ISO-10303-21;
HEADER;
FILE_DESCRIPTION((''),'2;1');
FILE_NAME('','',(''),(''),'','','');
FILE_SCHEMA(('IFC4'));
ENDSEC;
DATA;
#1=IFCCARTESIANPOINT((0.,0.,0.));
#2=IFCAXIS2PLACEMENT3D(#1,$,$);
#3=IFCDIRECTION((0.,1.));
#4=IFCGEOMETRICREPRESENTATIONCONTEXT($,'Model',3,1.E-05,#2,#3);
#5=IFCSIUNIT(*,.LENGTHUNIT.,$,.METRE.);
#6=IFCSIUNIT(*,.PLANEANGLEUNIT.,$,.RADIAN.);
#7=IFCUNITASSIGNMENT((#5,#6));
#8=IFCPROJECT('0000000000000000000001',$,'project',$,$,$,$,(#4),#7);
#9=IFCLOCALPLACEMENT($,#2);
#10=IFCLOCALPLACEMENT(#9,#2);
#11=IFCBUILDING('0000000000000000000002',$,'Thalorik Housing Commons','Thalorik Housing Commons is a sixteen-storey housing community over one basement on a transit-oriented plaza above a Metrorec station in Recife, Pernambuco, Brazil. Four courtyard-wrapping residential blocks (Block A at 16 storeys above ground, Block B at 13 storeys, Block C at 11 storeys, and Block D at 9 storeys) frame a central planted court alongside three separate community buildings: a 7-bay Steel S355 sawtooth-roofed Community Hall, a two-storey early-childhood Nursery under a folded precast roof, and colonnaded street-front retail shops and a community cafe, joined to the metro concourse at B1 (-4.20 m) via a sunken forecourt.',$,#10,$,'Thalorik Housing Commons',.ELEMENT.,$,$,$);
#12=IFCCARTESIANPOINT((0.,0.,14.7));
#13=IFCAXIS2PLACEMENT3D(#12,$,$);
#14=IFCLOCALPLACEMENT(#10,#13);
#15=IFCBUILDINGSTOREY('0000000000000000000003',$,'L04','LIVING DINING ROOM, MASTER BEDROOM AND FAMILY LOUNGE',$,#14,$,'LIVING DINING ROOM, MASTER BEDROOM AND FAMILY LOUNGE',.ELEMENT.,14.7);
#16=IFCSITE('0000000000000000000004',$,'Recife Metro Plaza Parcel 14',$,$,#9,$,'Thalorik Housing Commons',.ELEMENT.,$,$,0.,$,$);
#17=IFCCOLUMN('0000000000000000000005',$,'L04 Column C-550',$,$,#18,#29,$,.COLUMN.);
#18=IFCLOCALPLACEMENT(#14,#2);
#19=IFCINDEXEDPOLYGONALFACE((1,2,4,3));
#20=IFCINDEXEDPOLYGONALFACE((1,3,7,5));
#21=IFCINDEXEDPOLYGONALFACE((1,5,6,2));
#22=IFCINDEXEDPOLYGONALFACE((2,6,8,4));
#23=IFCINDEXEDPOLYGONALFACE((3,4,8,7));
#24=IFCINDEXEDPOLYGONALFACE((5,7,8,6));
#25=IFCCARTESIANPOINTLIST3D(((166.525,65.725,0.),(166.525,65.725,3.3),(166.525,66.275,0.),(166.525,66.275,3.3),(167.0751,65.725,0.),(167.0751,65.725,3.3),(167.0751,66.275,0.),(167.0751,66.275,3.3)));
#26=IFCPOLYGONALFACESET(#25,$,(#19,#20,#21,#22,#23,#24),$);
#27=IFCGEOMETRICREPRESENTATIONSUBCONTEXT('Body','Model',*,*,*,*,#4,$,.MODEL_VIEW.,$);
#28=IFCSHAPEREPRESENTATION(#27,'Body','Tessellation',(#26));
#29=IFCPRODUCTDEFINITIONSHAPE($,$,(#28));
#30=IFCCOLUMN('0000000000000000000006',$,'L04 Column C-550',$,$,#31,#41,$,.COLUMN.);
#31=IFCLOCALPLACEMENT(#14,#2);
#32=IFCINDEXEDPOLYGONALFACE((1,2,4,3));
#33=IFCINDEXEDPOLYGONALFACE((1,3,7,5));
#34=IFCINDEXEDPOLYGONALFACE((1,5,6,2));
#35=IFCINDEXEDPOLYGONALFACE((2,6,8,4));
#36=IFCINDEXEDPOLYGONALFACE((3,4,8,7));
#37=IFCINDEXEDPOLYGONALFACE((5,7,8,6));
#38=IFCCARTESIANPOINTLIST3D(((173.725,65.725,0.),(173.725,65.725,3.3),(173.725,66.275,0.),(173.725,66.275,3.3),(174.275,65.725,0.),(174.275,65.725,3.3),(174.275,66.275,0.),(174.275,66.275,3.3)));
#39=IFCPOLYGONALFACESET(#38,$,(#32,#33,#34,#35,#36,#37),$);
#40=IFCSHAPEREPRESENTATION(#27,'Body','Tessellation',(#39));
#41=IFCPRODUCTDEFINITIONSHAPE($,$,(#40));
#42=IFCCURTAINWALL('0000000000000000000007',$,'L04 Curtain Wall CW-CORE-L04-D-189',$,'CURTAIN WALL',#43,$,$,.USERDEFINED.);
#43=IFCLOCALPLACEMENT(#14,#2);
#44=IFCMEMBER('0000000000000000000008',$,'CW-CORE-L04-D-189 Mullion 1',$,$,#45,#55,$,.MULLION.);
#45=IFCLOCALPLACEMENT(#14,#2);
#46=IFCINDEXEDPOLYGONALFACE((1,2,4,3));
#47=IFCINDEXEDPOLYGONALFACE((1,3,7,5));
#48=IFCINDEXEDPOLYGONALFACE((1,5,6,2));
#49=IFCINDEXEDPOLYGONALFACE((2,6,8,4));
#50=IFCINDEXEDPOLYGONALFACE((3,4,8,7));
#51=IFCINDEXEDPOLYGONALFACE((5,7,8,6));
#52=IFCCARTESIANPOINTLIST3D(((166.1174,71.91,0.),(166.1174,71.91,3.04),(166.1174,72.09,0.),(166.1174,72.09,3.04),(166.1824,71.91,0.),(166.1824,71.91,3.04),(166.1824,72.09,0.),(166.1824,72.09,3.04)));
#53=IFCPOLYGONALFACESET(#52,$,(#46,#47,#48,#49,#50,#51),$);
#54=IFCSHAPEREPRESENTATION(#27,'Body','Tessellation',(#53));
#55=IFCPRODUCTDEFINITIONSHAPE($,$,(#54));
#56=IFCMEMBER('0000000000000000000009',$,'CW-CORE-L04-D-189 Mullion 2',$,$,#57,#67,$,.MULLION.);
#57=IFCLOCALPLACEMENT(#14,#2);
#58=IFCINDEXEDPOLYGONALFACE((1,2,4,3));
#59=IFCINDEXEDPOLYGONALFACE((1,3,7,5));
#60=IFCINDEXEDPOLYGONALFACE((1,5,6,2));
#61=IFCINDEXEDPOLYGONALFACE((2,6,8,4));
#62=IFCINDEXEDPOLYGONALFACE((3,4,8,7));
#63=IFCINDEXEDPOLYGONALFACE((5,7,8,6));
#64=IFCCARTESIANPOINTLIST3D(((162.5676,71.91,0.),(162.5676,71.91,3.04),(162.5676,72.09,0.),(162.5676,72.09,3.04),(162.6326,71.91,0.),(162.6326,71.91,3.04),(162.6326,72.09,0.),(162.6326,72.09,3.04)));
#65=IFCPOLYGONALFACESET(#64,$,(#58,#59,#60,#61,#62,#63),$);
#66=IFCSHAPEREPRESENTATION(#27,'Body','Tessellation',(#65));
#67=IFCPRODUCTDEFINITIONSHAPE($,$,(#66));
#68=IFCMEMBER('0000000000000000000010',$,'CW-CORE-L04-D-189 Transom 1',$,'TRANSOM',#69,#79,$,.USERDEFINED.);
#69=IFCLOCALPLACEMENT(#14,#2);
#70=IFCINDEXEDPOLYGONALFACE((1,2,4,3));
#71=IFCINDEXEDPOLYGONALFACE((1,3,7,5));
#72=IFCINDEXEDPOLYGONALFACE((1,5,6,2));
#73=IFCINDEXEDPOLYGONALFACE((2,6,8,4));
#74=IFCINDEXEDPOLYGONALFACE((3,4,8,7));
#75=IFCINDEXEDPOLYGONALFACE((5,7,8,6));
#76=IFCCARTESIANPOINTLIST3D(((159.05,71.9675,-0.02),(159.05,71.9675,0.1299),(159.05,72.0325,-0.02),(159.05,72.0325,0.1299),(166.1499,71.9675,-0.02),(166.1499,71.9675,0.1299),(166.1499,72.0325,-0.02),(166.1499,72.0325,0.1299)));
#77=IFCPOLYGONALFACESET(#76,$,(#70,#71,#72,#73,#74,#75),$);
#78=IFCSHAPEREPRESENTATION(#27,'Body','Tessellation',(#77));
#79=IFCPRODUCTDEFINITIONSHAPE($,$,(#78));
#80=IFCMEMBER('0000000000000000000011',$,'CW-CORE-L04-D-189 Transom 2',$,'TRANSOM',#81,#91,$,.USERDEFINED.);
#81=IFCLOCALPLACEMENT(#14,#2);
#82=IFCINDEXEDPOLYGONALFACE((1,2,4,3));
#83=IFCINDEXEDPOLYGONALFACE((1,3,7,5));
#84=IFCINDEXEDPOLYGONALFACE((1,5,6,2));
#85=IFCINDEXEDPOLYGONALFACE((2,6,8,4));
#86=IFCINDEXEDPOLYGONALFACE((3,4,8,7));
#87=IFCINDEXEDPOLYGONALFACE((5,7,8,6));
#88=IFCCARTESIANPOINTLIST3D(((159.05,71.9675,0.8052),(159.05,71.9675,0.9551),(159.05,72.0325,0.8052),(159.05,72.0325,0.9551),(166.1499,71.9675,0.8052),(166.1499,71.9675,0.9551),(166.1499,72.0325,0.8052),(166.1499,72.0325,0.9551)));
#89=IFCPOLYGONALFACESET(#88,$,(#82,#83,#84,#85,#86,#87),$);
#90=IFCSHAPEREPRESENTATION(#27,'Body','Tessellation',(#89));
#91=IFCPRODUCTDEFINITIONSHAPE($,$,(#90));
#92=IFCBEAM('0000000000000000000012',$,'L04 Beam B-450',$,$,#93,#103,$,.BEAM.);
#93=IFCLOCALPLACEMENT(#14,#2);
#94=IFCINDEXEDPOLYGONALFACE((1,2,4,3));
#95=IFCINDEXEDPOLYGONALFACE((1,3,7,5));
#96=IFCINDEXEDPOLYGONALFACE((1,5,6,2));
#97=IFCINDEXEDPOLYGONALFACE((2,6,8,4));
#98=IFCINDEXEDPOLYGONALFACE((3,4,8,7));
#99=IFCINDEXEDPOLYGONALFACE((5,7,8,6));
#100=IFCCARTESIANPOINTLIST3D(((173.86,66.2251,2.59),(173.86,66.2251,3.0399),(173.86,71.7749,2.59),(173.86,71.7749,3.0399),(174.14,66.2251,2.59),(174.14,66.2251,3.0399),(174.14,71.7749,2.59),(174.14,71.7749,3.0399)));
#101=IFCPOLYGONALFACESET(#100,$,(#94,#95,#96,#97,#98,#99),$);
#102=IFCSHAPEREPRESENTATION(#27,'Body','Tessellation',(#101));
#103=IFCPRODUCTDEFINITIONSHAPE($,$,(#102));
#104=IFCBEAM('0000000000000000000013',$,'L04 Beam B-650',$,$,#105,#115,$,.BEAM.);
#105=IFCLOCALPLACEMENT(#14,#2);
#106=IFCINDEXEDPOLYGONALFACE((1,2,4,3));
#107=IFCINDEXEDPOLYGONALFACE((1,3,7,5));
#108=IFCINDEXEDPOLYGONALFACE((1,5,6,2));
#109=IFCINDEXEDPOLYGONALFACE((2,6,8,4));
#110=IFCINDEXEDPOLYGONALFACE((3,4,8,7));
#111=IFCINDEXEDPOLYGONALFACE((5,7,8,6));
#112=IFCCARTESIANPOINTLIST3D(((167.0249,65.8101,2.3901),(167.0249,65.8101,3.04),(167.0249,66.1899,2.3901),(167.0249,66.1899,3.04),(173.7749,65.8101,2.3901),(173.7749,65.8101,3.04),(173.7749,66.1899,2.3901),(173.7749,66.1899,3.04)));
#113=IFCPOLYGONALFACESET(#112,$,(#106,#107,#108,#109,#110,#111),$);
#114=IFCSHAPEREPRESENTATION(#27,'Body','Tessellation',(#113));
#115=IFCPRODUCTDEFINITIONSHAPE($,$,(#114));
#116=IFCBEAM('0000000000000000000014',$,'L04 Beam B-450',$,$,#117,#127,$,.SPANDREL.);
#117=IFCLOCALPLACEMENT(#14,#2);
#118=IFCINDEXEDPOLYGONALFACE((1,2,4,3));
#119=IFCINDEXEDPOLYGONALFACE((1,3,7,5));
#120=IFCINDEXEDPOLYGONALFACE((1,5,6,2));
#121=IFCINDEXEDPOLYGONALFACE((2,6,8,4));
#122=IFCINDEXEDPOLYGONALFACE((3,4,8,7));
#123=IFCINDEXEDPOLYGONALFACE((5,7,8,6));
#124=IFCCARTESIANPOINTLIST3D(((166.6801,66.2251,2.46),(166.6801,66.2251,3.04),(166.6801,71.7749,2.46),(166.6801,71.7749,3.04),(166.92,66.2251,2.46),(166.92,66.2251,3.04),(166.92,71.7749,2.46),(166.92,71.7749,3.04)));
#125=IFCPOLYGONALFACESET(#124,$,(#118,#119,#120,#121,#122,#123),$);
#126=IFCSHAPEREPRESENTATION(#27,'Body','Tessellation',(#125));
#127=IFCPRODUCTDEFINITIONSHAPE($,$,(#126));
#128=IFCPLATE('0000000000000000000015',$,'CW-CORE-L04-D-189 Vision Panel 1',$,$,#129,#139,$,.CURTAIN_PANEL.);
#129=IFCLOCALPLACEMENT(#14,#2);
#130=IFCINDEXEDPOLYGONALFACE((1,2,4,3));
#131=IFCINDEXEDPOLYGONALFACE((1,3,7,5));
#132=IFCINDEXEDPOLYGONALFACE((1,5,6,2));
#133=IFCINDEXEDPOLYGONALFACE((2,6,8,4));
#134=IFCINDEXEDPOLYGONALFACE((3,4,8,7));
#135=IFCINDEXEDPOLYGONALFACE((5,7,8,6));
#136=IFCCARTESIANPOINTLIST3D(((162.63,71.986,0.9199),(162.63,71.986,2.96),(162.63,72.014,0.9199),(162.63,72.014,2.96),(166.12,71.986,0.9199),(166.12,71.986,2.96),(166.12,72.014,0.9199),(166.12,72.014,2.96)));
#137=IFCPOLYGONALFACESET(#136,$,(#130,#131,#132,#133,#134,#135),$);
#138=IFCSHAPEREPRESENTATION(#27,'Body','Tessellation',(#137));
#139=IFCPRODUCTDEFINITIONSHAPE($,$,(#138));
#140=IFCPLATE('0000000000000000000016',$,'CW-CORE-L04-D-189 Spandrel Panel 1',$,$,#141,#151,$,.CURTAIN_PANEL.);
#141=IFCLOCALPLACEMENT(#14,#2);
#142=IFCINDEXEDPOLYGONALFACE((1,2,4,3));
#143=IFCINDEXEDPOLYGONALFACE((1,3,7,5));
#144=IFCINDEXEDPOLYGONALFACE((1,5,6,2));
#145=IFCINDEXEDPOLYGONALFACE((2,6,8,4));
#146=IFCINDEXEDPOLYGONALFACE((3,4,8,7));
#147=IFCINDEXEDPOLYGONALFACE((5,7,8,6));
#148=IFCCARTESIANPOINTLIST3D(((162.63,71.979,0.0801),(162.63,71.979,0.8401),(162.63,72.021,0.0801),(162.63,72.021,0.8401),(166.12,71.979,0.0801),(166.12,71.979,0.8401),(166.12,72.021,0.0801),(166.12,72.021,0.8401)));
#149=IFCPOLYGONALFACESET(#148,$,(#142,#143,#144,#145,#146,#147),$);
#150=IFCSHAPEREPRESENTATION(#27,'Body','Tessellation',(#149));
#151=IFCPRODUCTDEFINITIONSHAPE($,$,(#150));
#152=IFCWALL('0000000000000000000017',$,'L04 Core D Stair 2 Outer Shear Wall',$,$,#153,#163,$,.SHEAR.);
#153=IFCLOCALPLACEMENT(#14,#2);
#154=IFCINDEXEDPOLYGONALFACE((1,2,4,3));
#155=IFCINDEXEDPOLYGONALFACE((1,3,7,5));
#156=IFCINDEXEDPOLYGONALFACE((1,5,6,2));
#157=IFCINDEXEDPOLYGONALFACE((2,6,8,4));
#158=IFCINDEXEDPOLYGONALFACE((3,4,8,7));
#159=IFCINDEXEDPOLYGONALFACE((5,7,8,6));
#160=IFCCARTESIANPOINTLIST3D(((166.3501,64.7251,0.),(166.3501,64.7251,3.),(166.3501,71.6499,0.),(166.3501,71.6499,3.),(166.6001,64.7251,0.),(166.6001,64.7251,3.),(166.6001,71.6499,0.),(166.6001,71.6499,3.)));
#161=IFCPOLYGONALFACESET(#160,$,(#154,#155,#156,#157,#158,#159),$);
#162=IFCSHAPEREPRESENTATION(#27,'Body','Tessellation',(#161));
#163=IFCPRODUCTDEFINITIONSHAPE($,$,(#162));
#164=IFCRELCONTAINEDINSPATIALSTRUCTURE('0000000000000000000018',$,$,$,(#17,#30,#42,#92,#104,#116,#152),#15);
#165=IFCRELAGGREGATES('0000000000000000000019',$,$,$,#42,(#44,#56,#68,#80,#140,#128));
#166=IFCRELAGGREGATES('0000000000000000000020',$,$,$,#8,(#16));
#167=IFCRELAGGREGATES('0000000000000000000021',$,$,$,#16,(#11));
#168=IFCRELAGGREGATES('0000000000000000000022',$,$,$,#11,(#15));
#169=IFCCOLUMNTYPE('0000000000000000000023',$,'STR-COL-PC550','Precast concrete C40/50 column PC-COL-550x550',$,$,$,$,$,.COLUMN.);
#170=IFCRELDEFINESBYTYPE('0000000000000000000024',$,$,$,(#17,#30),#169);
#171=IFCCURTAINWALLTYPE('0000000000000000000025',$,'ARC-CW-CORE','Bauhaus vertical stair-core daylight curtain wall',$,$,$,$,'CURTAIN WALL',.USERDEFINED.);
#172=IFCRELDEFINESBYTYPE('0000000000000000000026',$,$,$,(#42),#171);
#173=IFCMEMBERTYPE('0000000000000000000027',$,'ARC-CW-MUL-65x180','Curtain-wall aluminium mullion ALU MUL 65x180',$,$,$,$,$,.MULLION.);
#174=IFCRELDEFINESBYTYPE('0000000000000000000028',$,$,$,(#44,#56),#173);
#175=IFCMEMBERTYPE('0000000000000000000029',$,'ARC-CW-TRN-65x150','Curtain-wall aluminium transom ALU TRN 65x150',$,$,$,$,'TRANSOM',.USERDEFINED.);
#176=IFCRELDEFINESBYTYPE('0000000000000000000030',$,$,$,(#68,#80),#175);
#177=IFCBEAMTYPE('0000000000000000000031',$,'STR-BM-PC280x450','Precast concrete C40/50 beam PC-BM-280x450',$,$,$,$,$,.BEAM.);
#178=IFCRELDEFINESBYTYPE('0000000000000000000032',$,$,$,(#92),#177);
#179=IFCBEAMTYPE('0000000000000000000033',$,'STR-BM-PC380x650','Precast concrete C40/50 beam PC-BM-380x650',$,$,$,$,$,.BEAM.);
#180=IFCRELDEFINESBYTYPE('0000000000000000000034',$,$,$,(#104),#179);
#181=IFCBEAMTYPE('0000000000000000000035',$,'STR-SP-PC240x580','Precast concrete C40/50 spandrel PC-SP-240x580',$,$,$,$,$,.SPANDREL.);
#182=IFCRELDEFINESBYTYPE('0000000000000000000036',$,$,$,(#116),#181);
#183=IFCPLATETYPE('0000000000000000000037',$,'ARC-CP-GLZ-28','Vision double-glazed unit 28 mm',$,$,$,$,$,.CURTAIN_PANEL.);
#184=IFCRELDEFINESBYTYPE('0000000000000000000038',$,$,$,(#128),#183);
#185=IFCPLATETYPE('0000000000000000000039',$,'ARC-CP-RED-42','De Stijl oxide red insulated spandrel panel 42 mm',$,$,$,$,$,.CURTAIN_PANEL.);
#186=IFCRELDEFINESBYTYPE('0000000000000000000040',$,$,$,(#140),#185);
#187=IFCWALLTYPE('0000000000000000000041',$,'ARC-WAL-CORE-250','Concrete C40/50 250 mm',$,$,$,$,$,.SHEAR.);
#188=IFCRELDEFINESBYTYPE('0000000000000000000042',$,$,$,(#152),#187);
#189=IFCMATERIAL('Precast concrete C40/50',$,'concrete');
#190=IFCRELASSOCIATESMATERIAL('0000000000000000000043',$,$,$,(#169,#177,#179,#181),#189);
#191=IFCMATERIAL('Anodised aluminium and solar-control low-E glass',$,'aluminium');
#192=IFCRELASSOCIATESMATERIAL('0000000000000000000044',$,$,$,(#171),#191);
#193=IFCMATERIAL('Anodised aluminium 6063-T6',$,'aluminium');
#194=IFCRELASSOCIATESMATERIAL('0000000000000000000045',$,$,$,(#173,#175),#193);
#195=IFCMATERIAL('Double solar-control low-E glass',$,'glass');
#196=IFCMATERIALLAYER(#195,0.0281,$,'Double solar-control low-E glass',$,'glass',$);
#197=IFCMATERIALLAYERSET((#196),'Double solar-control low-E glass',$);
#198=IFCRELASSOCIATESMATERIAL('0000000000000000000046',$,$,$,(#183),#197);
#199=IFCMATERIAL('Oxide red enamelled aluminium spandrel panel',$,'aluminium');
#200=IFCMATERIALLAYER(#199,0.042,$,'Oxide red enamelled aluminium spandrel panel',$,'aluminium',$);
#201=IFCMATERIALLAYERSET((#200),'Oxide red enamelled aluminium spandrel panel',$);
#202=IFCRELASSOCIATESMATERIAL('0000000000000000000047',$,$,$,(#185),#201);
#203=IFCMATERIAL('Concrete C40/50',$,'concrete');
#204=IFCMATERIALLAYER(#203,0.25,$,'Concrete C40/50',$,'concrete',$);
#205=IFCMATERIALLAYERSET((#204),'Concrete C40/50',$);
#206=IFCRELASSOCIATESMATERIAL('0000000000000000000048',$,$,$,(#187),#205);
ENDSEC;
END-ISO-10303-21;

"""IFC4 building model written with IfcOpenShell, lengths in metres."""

from ifc_helpers import new_model, si_unit, direction, frame, frame_2d, origin, origin_2d, place, context, subcontext, project, spatial, rectangle, extrude, material, layer, layer_set, material_profile, profile_set, type_object, element, aggregate, save


model = new_model("IFC4")

# Units and contexts
model_context = context("Model", 3, precision=1e-05, world=origin(), true_north=direction((0.0, 1.0)))
body_context = subcontext(model_context, "Body", "Model", "MODEL_VIEW")
ifc_project = project(units=[si_unit("LENGTHUNIT", "METRE"), si_unit("PLANEANGLEUNIT", "RADIAN")], contexts=[model_context])

# Site, building, storey
site_placement = place(None, origin())
site = spatial("IfcSite", under=ifc_project, at=site_placement, Name="Recife Metro Plaza Parcel 14", LongName="Thalorik Housing Commons", CompositionType="ELEMENT", RefElevation=0.0)
building_placement = place(site_placement, origin())
building = spatial("IfcBuilding", under=site, at=building_placement, Name="Thalorik Housing Commons", Description="Thalorik Housing Commons is a sixteen-storey housing community over one basement on a transit-oriented plaza above a Metrorec station in Recife, Pernambuco, Brazil. Four courtyard-wrapping residential blocks (Block A at 16 storeys above ground, Block B at 13 storeys, Block C at 11 storeys, and Block D at 9 storeys) frame a central planted court alongside three separate community buildings: a 7-bay Steel S355 sawtooth-roofed Community Hall, a two-storey early-childhood Nursery under a folded precast roof, and colonnaded street-front retail shops and a community cafe, joined to the metro concourse at B1 (-4.20 m) via a sunken forecourt.", LongName="Thalorik Housing Commons", CompositionType="ELEMENT")
storey_placement = place(building_placement, frame((0.0, 0.0, 14.7)))
storey = spatial("IfcBuildingStorey", under=building, at=storey_placement, Name="L04", Description="LIVING DINING ROOM, MASTER BEDROOM AND FAMILY LOUNGE", LongName="LIVING DINING ROOM, MASTER BEDROOM AND FAMILY LOUNGE", CompositionType="ELEMENT", Elevation=14.7)

# Columns
ifc_material_1 = material(Name="Precast concrete C40/50", Category="concrete")
ifc_material_profile_1 = material_profile(ifc_material_1, rectangle(XDim=0.55, YDim=0.55, at=origin_2d()), Name="PC 550x550", Category="concrete")
ifc_profile_set_1 = profile_set([ifc_material_profile_1], Name="Precast concrete C40/50")
column_type = type_object("IfcColumnType", Name="STR-COL-PC550", Description="Precast concrete C40/50 column PC-COL-550x550", PredefinedType="COLUMN", material=ifc_profile_set_1)
for number, where, z_axis, x_axis, name in (
    (1, (166.8, 66.0, 0.0), (0.0, 0.0, 1.0), (1.0, 0.0, 0.0), "L04 Column C-550"),
    (2, (174.0, 66.0, 0.0), (0.0, 0.0, 1.0), (1.0, 0.0, 0.0), "L04 Column C-550"),
):
    element("IfcColumn", number, at=place(storey_placement, frame(where, z_axis=z_axis, x_axis=x_axis)), inside=storey, type_object=column_type, Name=name, PredefinedType="COLUMN", context=body_context, shape_type="SweptSolid", body=[
        extrude(rectangle(XDim=0.55, YDim=0.55, at=origin_2d()), origin(), (0.0, 0.0, 1.0), 3.3),
    ])

# Curtain wall, members
ifc_material_2 = material(Name="Anodised aluminium and solar-control low-E glass", Category="aluminium")
curtain_wall_type = type_object("IfcCurtainWallType", Name="ARC-CW-CORE", Description="Bauhaus vertical stair-core daylight curtain wall", ElementType="CURTAIN WALL", PredefinedType="USERDEFINED", material=ifc_material_2)
curtain_wall_placement = place(storey_placement, origin())
curtain_wall = element("IfcCurtainWall", 3, at=curtain_wall_placement, inside=storey, type_object=curtain_wall_type, Name="L04 Curtain Wall CW-CORE-L04-D-189", ObjectType="CURTAIN WALL", PredefinedType="USERDEFINED")
ifc_material_3 = material(Name="Anodised aluminium 6063-T6", Category="aluminium")
ifc_material_profile_2 = material_profile(ifc_material_3, rectangle(XDim=0.0649, YDim=0.1799, at=origin_2d()), Name="ALU MUL 65x180", Category="aluminium")
ifc_profile_set_2 = profile_set([ifc_material_profile_2], Name="Anodised aluminium 6063-T6")
member_type_1 = type_object("IfcMemberType", Name="ARC-CW-MUL-65x180", Description="Curtain-wall aluminium mullion ALU MUL 65x180", PredefinedType="MULLION", material=ifc_profile_set_2)
member_1_placement = place(storey_placement, frame((166.1499, 72.0, 0.0), z_axis=(0.0, 0.0, 1.0), x_axis=(-1.0, 0.0, 0.0)))
member_1 = element("IfcMember", 4, at=member_1_placement, type_object=member_type_1, Name="CW-CORE-L04-D-189 Mullion 1", PredefinedType="MULLION", context=body_context, shape_type="SweptSolid", body=[
    extrude(rectangle(XDim=0.0649, YDim=0.1799, at=origin_2d()), origin(), (0.0, 0.0, 1.0), 3.04),
])
member_2_placement = place(storey_placement, frame((162.6001, 72.0, 0.0), z_axis=(0.0, 0.0, 1.0), x_axis=(-1.0, 0.0, 0.0)))
member_2 = element("IfcMember", 5, at=member_2_placement, type_object=member_type_1, Name="CW-CORE-L04-D-189 Mullion 2", PredefinedType="MULLION", context=body_context, shape_type="SweptSolid", body=[
    extrude(rectangle(XDim=0.0649, YDim=0.1799, at=origin_2d()), origin(), (0.0, 0.0, 1.0), 3.04),
])
ifc_material_profile_3 = material_profile(ifc_material_3, rectangle(XDim=0.0649, YDim=0.1499, at=origin_2d()), Name="ALU TRN 65x150", Category="aluminium")
ifc_profile_set_3 = profile_set([ifc_material_profile_3], Name="Anodised aluminium 6063-T6")
member_type_2 = type_object("IfcMemberType", Name="ARC-CW-TRN-65x150", Description="Curtain-wall aluminium transom ALU TRN 65x150", ElementType="TRANSOM", PredefinedType="USERDEFINED", material=ifc_profile_set_3)
member_3_placement = place(storey_placement, frame((166.1499, 72.0, 0.0549), z_axis=(-1.0, 0.0, 0.0), x_axis=(0.0, -1.0, 0.0)))
member_3 = element("IfcMember", 6, at=member_3_placement, type_object=member_type_2, Name="CW-CORE-L04-D-189 Transom 1", ObjectType="TRANSOM", PredefinedType="USERDEFINED", context=body_context, shape_type="SweptSolid", body=[
    extrude(rectangle(XDim=0.0649, YDim=0.1499, at=origin_2d()), origin(), (0.0, 0.0, 1.0), 7.0999),
])
member_4_placement = place(storey_placement, frame((166.1499, 72.0, 0.8801), z_axis=(-1.0, 0.0, 0.0), x_axis=(0.0, -1.0, 0.0)))
member_4 = element("IfcMember", 7, at=member_4_placement, type_object=member_type_2, Name="CW-CORE-L04-D-189 Transom 2", ObjectType="TRANSOM", PredefinedType="USERDEFINED", context=body_context, shape_type="SweptSolid", body=[
    extrude(rectangle(XDim=0.0649, YDim=0.1499, at=origin_2d()), origin(), (0.0, 0.0, 1.0), 7.0999),
])

# Beams
ifc_material_profile_4 = material_profile(ifc_material_1, rectangle(XDim=0.28, YDim=0.45, at=origin_2d()), Name="PC 280x450", Category="concrete")
ifc_profile_set_4 = profile_set([ifc_material_profile_4], Name="Precast concrete C40/50")
beam_type_1 = type_object("IfcBeamType", Name="STR-BM-PC280x450", Description="Precast concrete C40/50 beam PC-BM-280x450", PredefinedType="BEAM", material=ifc_profile_set_4)
beam_1_placement = place(storey_placement, frame((174.0, 66.2251, 2.8149), z_axis=(0.0, 1.0, 0.0), x_axis=(-1.0, 0.0, 0.0)))
element("IfcBeam", 8, at=beam_1_placement, inside=storey, type_object=beam_type_1, Name="L04 Beam B-450", PredefinedType="BEAM", context=body_context, shape_type="SweptSolid", body=[
    extrude(rectangle(XDim=0.28, YDim=0.45, at=origin_2d()), origin(), (0.0, 0.0, 1.0), 5.5498),
])
ifc_material_profile_5 = material_profile(ifc_material_1, rectangle(XDim=0.3799, YDim=0.6499, at=origin_2d()), Name="PC 380x650", Category="concrete")
ifc_profile_set_5 = profile_set([ifc_material_profile_5], Name="Precast concrete C40/50")
beam_type_2 = type_object("IfcBeamType", Name="STR-BM-PC380x650", Description="Precast concrete C40/50 beam PC-BM-380x650", PredefinedType="BEAM", material=ifc_profile_set_5)
beam_2_placement = place(storey_placement, frame((167.0249, 66.0, 2.7151), z_axis=(1.0, 0.0, 0.0), x_axis=(0.0, 1.0, 0.0)))
element("IfcBeam", 9, at=beam_2_placement, inside=storey, type_object=beam_type_2, Name="L04 Beam B-650", PredefinedType="BEAM", context=body_context, shape_type="SweptSolid", body=[
    extrude(rectangle(XDim=0.3799, YDim=0.6499, at=origin_2d()), origin(), (0.0, 0.0, 1.0), 6.75),
])
ifc_material_profile_6 = material_profile(ifc_material_1, rectangle(XDim=0.24, YDim=0.5801, at=origin_2d()), Name="PC SP 240x580", Category="concrete")
ifc_profile_set_6 = profile_set([ifc_material_profile_6], Name="Precast concrete C40/50")
beam_type_3 = type_object("IfcBeamType", Name="STR-SP-PC240x580", Description="Precast concrete C40/50 spandrel PC-SP-240x580", PredefinedType="SPANDREL", material=ifc_profile_set_6)
beam_3_placement = place(storey_placement, frame((166.8, 66.2251, 2.75), z_axis=(0.0, 1.0, 0.0), x_axis=(-1.0, 0.0, 0.0)))
element("IfcBeam", 10, at=beam_3_placement, inside=storey, type_object=beam_type_3, Name="L04 Beam B-450", PredefinedType="SPANDREL", context=body_context, shape_type="SweptSolid", body=[
    extrude(rectangle(XDim=0.24, YDim=0.5801, at=origin_2d()), origin(), (0.0, 0.0, 1.0), 5.5498),
])

# Plates
ifc_material_4 = material(Name="Double solar-control low-E glass", Category="glass")
ifc_layer_1 = layer(ifc_material_4, 0.0281, Name="Double solar-control low-E glass", Category="glass")
ifc_layer_set_1 = layer_set([ifc_layer_1], Name="Double solar-control low-E glass")
plate_type_1 = type_object("IfcPlateType", Name="ARC-CP-GLZ-28", Description="Vision double-glazed unit 28 mm", PredefinedType="CURTAIN_PANEL", material=ifc_layer_set_1)
plate_1_placement = place(storey_placement, frame((164.375, 72.0, 0.9199), z_axis=(0.0, 0.0, 1.0), x_axis=(-1.0, 0.0, 0.0)))
plate_1 = element("IfcPlate", 11, at=plate_1_placement, type_object=plate_type_1, Name="CW-CORE-L04-D-189 Vision Panel 1", PredefinedType="CURTAIN_PANEL", context=body_context, shape_type="SweptSolid", body=[
    extrude(rectangle(XDim=3.49, YDim=0.0281, at=origin_2d()), origin(), (0.0, 0.0, 1.0), 2.04),
])
ifc_material_5 = material(Name="Oxide red enamelled aluminium spandrel panel", Category="aluminium")
ifc_layer_2 = layer(ifc_material_5, 0.042, Name="Oxide red enamelled aluminium spandrel panel", Category="aluminium")
ifc_layer_set_2 = layer_set([ifc_layer_2], Name="Oxide red enamelled aluminium spandrel panel")
plate_type_2 = type_object("IfcPlateType", Name="ARC-CP-RED-42", Description="De Stijl oxide red insulated spandrel panel 42 mm", PredefinedType="CURTAIN_PANEL", material=ifc_layer_set_2)
plate_2_placement = place(storey_placement, frame((164.375, 72.0, 0.0801), z_axis=(0.0, 0.0, 1.0), x_axis=(-1.0, 0.0, 0.0)))
plate_2 = element("IfcPlate", 12, at=plate_2_placement, type_object=plate_type_2, Name="CW-CORE-L04-D-189 Spandrel Panel 1", PredefinedType="CURTAIN_PANEL", context=body_context, shape_type="SweptSolid", body=[
    extrude(rectangle(XDim=3.49, YDim=0.042, at=origin_2d()), origin(), (0.0, 0.0, 1.0), 0.76),
])
aggregate(curtain_wall, [member_1, member_2, member_3, member_4, plate_2, plate_1])

# Wall
ifc_material_6 = material(Name="Concrete C40/50", Category="concrete")
ifc_layer_3 = layer(ifc_material_6, 0.25, Name="Concrete C40/50", Category="concrete")
ifc_layer_set_3 = layer_set([ifc_layer_3], Name="Concrete C40/50")
wall_type_1 = type_object("IfcWallType", Name="ARC-WAL-CORE-250", Description="Concrete C40/50 250 mm", PredefinedType="SHEAR", material=ifc_layer_set_3)
wall_1_placement = place(storey_placement, frame((166.4751, 71.6499, 0.0), z_axis=(0.0, 0.0, 1.0), x_axis=(0.0, -1.0, 0.0)))
element("IfcWall", 13, at=wall_1_placement, inside=storey, type_object=wall_type_1, Name="L04 Core D Stair 2 Outer Shear Wall", PredefinedType="SHEAR", context=body_context, shape_type="SweptSolid", body=[
    extrude(rectangle(XDim=6.9248, YDim=0.25, at=frame_2d((3.4624, 0.0))), origin(), (0.0, 0.0, 1.0), 3.0),
])

save(model, "model.ifc")
